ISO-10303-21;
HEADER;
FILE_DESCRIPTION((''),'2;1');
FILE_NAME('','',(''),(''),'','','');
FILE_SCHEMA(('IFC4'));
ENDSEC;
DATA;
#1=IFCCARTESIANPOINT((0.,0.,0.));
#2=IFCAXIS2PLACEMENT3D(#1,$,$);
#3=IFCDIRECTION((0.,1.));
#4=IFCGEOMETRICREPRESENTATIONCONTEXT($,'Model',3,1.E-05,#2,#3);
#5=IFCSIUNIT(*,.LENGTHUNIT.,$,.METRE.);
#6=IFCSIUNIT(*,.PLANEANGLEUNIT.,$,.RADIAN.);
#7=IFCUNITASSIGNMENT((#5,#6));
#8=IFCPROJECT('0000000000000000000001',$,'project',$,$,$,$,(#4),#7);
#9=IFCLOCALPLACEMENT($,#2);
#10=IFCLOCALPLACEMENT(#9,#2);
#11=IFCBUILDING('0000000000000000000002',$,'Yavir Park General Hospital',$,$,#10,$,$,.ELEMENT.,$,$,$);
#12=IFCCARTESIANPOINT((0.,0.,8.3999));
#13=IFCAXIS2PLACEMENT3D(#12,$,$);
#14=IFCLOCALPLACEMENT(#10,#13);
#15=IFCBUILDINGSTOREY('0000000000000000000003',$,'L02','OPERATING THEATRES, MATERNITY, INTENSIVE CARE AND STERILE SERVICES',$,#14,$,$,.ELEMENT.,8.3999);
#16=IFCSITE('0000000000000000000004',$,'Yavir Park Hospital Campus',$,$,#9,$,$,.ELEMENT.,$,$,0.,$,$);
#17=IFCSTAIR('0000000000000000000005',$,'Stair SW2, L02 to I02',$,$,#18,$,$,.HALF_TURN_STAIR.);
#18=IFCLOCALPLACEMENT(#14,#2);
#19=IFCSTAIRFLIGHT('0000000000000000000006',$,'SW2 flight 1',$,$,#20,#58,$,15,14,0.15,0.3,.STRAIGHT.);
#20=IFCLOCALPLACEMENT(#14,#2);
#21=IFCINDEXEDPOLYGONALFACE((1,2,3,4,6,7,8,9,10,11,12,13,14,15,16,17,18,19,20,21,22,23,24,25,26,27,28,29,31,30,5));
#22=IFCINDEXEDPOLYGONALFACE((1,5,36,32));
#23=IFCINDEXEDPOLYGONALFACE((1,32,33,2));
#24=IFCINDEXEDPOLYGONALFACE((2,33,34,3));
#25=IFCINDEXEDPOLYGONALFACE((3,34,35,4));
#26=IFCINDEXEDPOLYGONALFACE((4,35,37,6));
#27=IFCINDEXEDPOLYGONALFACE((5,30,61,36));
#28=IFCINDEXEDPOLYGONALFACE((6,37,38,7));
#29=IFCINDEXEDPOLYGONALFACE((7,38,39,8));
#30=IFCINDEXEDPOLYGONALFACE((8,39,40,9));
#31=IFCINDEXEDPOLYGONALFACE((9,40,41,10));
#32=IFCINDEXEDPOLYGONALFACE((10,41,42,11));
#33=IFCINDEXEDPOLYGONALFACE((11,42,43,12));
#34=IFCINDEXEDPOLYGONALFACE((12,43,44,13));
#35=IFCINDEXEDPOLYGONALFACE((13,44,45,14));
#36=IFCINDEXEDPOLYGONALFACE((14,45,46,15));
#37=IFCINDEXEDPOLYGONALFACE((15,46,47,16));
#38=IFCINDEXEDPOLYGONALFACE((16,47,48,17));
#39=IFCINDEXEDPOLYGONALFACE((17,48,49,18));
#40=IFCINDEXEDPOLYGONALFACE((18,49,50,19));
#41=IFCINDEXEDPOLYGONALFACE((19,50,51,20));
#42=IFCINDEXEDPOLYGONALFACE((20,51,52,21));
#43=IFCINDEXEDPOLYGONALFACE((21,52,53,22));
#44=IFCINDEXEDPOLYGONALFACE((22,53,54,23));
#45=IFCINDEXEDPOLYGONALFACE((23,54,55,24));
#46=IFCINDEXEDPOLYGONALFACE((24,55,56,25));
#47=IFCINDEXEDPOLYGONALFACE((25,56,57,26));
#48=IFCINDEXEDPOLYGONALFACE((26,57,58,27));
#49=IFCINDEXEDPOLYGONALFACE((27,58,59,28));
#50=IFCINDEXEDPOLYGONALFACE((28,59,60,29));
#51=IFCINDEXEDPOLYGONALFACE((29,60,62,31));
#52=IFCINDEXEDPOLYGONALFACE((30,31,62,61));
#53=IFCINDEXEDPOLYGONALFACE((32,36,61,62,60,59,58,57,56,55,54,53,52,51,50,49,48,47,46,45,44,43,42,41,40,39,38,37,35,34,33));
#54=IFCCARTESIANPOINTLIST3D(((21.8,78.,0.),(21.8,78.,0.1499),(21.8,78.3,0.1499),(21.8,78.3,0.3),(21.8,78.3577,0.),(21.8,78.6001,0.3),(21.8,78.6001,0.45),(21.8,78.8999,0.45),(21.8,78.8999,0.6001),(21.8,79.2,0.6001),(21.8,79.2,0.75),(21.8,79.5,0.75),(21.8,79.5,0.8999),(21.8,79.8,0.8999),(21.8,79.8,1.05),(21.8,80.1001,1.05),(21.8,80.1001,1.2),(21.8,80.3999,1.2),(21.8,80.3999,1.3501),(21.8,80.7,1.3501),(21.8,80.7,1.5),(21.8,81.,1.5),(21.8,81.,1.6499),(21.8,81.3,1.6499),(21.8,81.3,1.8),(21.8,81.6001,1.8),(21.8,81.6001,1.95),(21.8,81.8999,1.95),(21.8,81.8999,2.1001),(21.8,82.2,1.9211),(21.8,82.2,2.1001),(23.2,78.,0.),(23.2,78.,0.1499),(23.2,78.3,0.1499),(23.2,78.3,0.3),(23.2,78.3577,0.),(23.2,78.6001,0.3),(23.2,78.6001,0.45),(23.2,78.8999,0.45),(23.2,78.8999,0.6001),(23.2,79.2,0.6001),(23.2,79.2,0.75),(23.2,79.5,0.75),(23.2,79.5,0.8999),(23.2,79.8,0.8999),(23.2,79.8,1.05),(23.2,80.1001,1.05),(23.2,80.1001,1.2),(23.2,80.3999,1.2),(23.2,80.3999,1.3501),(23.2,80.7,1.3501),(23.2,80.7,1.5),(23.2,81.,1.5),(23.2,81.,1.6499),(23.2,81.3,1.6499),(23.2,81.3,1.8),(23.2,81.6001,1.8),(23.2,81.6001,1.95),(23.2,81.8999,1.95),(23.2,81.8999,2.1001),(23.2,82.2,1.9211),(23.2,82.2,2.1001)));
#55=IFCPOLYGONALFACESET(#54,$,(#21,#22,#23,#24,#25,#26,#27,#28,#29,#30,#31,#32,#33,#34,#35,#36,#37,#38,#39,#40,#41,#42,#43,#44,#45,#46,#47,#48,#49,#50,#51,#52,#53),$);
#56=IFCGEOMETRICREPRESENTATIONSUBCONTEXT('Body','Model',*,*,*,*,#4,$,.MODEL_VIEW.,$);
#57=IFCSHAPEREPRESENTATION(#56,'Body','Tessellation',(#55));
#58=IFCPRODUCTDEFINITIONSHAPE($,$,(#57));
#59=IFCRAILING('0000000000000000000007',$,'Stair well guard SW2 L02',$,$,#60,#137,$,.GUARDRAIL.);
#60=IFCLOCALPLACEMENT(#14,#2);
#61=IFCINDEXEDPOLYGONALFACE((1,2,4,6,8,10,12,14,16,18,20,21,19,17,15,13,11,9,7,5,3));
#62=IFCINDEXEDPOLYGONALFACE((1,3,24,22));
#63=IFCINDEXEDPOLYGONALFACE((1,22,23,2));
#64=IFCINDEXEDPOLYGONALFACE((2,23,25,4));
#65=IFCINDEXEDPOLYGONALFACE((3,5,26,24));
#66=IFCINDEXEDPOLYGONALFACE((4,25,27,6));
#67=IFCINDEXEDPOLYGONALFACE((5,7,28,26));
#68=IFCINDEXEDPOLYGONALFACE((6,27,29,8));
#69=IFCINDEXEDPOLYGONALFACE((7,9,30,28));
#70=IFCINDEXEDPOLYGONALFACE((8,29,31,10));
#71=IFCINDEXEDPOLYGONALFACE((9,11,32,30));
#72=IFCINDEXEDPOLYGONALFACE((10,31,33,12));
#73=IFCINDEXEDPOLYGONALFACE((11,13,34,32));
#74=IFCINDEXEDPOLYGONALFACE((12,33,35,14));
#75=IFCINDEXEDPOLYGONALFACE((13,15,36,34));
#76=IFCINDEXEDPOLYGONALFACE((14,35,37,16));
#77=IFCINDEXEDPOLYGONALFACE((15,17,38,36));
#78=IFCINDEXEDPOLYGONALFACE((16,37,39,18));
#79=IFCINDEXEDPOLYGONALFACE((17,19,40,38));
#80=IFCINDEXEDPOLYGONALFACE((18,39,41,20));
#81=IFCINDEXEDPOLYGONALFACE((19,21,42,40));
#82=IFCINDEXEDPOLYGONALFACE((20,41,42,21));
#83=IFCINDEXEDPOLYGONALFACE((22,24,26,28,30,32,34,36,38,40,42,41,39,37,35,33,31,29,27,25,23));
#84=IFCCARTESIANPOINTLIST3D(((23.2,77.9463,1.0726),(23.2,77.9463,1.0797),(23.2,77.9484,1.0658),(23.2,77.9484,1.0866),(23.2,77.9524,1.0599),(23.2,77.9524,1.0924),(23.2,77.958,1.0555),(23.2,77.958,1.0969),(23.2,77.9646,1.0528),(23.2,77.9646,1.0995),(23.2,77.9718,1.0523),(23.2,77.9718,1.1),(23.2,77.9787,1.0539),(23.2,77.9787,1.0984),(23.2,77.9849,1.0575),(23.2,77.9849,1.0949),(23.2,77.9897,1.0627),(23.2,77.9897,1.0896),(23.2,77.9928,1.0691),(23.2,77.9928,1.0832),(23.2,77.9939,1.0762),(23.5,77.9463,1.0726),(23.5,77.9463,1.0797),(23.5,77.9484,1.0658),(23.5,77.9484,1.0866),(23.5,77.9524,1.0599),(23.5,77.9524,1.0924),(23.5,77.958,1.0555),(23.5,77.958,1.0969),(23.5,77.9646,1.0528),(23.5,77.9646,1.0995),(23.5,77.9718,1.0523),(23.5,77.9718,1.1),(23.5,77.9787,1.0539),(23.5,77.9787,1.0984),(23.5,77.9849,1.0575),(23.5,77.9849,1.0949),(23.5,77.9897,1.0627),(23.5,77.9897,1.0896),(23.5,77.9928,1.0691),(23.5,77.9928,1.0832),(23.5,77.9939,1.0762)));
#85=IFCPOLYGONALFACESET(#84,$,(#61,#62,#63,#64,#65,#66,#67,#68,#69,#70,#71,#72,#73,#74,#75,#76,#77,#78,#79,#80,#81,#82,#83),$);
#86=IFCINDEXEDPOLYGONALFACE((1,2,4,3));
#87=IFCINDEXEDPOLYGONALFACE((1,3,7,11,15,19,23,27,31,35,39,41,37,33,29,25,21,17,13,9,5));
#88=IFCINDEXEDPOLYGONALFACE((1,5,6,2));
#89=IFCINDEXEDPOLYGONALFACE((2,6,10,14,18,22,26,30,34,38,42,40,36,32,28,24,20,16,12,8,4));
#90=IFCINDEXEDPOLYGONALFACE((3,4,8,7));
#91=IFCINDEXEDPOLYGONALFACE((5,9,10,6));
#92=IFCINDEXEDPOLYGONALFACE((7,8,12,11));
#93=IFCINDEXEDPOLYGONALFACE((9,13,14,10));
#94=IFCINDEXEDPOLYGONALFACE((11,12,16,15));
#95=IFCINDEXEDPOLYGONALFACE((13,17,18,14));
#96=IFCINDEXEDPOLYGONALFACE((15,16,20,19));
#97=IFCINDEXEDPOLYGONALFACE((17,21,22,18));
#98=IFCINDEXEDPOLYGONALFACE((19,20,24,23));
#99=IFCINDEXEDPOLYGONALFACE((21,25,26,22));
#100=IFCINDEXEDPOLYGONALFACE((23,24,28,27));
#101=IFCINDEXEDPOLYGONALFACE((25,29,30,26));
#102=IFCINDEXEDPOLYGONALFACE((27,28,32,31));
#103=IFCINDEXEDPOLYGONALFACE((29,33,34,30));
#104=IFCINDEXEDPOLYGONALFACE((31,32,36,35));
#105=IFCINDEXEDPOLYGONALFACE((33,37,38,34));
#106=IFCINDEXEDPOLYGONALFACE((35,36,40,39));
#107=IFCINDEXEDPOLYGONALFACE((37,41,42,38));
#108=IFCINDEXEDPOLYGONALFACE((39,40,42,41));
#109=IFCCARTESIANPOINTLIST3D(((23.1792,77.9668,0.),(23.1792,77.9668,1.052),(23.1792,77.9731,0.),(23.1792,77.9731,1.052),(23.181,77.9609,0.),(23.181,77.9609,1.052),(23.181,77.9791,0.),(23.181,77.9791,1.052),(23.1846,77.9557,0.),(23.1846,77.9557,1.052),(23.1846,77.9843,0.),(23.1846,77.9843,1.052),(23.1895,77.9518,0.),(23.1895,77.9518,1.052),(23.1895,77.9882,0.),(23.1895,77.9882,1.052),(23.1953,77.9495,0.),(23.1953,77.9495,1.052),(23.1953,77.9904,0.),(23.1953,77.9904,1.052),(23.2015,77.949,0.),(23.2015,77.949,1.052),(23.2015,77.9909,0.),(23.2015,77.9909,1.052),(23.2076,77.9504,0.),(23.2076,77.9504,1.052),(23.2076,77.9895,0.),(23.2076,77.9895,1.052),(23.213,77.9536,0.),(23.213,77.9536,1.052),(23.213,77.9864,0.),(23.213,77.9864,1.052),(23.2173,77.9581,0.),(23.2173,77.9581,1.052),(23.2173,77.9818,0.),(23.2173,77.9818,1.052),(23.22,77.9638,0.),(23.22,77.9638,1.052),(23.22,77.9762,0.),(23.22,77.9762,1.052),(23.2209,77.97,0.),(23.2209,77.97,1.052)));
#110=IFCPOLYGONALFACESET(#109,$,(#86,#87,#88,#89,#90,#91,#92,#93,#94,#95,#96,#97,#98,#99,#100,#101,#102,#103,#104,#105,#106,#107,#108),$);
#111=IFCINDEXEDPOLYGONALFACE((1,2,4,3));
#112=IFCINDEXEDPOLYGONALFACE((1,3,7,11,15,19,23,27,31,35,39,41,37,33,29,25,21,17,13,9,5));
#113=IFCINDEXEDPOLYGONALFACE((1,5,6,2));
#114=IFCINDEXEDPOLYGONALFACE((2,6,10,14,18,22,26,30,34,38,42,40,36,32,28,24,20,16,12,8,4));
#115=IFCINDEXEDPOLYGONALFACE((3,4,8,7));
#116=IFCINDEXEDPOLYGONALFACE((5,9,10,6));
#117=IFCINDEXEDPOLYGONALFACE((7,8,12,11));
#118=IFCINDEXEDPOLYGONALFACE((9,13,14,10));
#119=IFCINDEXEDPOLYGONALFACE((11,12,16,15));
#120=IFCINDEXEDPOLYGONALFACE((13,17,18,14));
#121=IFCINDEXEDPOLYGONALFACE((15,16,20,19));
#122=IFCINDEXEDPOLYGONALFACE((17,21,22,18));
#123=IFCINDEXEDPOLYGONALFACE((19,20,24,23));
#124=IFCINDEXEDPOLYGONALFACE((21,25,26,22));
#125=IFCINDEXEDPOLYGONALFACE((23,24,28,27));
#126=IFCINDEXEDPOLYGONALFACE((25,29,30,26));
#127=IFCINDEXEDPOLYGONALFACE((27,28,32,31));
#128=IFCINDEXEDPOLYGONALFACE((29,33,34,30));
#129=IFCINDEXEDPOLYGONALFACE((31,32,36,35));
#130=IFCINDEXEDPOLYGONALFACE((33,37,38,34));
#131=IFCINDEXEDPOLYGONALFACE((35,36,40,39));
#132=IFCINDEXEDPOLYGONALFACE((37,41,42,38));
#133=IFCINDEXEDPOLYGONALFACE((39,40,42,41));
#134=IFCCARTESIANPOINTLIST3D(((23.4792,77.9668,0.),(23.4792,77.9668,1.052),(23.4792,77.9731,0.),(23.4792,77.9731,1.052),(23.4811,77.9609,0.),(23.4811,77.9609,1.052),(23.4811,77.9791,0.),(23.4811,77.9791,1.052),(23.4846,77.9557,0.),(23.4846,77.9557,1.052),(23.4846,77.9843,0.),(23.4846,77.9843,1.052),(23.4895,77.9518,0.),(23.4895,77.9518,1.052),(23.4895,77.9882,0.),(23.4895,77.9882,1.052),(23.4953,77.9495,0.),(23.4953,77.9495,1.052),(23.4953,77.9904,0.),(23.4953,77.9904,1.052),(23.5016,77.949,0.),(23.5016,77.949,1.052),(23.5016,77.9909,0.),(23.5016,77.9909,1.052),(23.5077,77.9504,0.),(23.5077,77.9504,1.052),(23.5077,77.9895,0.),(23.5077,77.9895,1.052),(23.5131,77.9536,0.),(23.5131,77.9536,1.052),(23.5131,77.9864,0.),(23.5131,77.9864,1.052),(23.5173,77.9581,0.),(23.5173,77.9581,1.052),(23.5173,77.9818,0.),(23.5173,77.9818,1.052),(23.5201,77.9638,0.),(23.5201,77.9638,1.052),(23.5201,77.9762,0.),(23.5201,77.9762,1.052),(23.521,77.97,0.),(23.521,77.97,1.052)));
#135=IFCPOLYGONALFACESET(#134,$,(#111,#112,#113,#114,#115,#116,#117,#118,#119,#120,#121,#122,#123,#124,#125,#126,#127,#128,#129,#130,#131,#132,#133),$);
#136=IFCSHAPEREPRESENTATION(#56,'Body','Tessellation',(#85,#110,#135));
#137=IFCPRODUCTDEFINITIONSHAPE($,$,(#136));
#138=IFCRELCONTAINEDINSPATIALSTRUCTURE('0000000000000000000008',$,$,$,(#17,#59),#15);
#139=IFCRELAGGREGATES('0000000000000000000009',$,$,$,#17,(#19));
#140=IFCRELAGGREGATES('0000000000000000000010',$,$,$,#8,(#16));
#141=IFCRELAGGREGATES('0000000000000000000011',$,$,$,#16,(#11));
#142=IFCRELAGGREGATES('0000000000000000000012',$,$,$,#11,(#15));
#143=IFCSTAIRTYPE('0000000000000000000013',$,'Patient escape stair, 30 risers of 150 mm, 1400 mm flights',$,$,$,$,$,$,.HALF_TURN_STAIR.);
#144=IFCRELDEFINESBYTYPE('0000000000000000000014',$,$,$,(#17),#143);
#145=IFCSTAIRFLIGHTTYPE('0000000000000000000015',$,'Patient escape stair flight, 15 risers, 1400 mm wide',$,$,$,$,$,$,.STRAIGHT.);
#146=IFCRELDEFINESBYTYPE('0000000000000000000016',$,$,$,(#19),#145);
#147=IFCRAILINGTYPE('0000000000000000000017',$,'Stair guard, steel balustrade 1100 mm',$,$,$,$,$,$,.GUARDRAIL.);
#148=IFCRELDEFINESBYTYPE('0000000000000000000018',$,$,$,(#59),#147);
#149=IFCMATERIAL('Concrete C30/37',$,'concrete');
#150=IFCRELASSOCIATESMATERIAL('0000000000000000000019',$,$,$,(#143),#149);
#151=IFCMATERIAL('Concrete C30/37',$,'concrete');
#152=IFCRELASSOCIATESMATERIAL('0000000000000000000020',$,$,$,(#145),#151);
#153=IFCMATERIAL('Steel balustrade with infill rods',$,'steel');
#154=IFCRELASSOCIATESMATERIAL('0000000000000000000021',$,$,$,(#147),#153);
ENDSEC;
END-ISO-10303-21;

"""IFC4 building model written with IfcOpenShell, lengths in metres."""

from ifc_helpers import new_model, si_unit, direction, frame, origin, origin_2d, place, context, subcontext, project, spatial, polyline, circle, outline, extrude, material, type_object, element, aggregate, save


model = new_model("IFC4")

# Units and contexts
model_context = context("Model", 3, precision=1e-05, world=origin(), true_north=direction((0.0, 1.0)))
body_context = subcontext(model_context, "Body", "Model", "MODEL_VIEW")
ifc_project = project(units=[si_unit("LENGTHUNIT", "METRE"), si_unit("PLANEANGLEUNIT", "RADIAN")], contexts=[model_context])

# Site, building, storey
site_placement = place(None, origin())
site = spatial("IfcSite", under=ifc_project, at=site_placement, Name="Yavir Park Hospital Campus", CompositionType="ELEMENT", RefElevation=0.0)
building_placement = place(site_placement, origin())
building = spatial("IfcBuilding", under=site, at=building_placement, Name="Yavir Park General Hospital", CompositionType="ELEMENT")
storey_placement = place(building_placement, frame((0.0, 0.0, 8.3999)))
storey = spatial("IfcBuildingStorey", under=building, at=storey_placement, Name="L02", Description="OPERATING THEATRES, MATERNITY, INTENSIVE CARE AND STERILE SERVICES", CompositionType="ELEMENT", Elevation=8.3999)

# Stair, stair flight
ifc_material_1 = material(Name="Concrete C30/37", Category="concrete")
stair_type = type_object("IfcStairType", Name="Patient escape stair, 30 risers of 150 mm, 1400 mm flights", PredefinedType="HALF_TURN_STAIR", material=ifc_material_1)
stair_placement = place(storey_placement, origin())
stair = element("IfcStair", 1, at=stair_placement, inside=storey, type_object=stair_type, Name="Stair SW2, L02 to I02", PredefinedType="HALF_TURN_STAIR")
ifc_material_2 = material(Name="Concrete C30/37", Category="concrete")
stair_flight_type = type_object("IfcStairFlightType", Name="Patient escape stair flight, 15 risers, 1400 mm wide", PredefinedType="STRAIGHT", material=ifc_material_2)
stair_flight_placement = place(storey_placement, frame((22.5, 78.0, 0.0), z_axis=(0.0, 0.0, 1.0), x_axis=(0.0, 1.0, 0.0)))
stair_flight = element("IfcStairFlight", 2, at=stair_flight_placement, type_object=stair_flight_type, Name="SW2 flight 1", NumberOfRisers=15, NumberOfTreads=14, PredefinedType="STRAIGHT", RiserHeight=0.15, TreadLength=0.3, context=body_context, shape_type="SweptSolid", body=[
    extrude(outline(polyline([(0.0, 0.0), (0.0, 0.1499), (0.3, 0.1499), (0.3, 0.3), (0.6001, 0.3), (0.6001, 0.45), (0.8999, 0.45), (0.8999, 0.6001), (1.2, 0.6001), (1.2, 0.75), (1.5, 0.75), (1.5, 0.8999), (1.8, 0.8999), (1.8, 1.05), (2.1001, 1.05), (2.1001, 1.2), (2.3999, 1.2), (2.3999, 1.3501), (2.7, 1.3501), (2.7, 1.5), (3.0, 1.5), (3.0, 1.6499), (3.3, 1.6499), (3.3, 1.8), (3.6001, 1.8), (3.6001, 1.95), (3.8999, 1.95), (3.8999, 2.1001), (4.2, 2.1001), (4.2, 2.25), (4.2, 1.9211), (0.3577, 0.0), (0.0, 0.0)])), frame((0.0, 0.7, 0.0), z_axis=(0.0, -1.0, 0.0), x_axis=(1.0, 0.0, 0.0)), (0.0, 0.0, 1.0), 1.3999),
])
aggregate(stair, [stair_flight])

# Railing
ifc_material_3 = material(Name="Steel balustrade with infill rods", Category="steel")
railing_type_1 = type_object("IfcRailingType", Name="Stair guard, steel balustrade 1100 mm", PredefinedType="GUARDRAIL", material=ifc_material_3)
railing_placement = place(storey_placement, frame((23.2, 77.97, 0.0)))
element("IfcRailing", 3, at=railing_placement, inside=storey, type_object=railing_type_1, Name="Stair well guard SW2 L02", PredefinedType="GUARDRAIL", context=body_context, shape_type="SweptSolid", body=[
    extrude(circle(Radius=0.0239, at=origin_2d()), frame((0.0, 0.0, 1.0762), z_axis=(1.0, 0.0, 0.0), x_axis=(0.0, 1.0, 0.0)), (0.0, 0.0, 1.0), 0.3),
    extrude(circle(Radius=0.021, at=origin_2d()), origin(), (0.0, 0.0, 1.0), 1.052),
    extrude(circle(Radius=0.021, at=origin_2d()), frame((0.3, 0.0, 0.0)), (0.0, 0.0, 1.0), 1.052),
])

save(model, "model.ifc")
